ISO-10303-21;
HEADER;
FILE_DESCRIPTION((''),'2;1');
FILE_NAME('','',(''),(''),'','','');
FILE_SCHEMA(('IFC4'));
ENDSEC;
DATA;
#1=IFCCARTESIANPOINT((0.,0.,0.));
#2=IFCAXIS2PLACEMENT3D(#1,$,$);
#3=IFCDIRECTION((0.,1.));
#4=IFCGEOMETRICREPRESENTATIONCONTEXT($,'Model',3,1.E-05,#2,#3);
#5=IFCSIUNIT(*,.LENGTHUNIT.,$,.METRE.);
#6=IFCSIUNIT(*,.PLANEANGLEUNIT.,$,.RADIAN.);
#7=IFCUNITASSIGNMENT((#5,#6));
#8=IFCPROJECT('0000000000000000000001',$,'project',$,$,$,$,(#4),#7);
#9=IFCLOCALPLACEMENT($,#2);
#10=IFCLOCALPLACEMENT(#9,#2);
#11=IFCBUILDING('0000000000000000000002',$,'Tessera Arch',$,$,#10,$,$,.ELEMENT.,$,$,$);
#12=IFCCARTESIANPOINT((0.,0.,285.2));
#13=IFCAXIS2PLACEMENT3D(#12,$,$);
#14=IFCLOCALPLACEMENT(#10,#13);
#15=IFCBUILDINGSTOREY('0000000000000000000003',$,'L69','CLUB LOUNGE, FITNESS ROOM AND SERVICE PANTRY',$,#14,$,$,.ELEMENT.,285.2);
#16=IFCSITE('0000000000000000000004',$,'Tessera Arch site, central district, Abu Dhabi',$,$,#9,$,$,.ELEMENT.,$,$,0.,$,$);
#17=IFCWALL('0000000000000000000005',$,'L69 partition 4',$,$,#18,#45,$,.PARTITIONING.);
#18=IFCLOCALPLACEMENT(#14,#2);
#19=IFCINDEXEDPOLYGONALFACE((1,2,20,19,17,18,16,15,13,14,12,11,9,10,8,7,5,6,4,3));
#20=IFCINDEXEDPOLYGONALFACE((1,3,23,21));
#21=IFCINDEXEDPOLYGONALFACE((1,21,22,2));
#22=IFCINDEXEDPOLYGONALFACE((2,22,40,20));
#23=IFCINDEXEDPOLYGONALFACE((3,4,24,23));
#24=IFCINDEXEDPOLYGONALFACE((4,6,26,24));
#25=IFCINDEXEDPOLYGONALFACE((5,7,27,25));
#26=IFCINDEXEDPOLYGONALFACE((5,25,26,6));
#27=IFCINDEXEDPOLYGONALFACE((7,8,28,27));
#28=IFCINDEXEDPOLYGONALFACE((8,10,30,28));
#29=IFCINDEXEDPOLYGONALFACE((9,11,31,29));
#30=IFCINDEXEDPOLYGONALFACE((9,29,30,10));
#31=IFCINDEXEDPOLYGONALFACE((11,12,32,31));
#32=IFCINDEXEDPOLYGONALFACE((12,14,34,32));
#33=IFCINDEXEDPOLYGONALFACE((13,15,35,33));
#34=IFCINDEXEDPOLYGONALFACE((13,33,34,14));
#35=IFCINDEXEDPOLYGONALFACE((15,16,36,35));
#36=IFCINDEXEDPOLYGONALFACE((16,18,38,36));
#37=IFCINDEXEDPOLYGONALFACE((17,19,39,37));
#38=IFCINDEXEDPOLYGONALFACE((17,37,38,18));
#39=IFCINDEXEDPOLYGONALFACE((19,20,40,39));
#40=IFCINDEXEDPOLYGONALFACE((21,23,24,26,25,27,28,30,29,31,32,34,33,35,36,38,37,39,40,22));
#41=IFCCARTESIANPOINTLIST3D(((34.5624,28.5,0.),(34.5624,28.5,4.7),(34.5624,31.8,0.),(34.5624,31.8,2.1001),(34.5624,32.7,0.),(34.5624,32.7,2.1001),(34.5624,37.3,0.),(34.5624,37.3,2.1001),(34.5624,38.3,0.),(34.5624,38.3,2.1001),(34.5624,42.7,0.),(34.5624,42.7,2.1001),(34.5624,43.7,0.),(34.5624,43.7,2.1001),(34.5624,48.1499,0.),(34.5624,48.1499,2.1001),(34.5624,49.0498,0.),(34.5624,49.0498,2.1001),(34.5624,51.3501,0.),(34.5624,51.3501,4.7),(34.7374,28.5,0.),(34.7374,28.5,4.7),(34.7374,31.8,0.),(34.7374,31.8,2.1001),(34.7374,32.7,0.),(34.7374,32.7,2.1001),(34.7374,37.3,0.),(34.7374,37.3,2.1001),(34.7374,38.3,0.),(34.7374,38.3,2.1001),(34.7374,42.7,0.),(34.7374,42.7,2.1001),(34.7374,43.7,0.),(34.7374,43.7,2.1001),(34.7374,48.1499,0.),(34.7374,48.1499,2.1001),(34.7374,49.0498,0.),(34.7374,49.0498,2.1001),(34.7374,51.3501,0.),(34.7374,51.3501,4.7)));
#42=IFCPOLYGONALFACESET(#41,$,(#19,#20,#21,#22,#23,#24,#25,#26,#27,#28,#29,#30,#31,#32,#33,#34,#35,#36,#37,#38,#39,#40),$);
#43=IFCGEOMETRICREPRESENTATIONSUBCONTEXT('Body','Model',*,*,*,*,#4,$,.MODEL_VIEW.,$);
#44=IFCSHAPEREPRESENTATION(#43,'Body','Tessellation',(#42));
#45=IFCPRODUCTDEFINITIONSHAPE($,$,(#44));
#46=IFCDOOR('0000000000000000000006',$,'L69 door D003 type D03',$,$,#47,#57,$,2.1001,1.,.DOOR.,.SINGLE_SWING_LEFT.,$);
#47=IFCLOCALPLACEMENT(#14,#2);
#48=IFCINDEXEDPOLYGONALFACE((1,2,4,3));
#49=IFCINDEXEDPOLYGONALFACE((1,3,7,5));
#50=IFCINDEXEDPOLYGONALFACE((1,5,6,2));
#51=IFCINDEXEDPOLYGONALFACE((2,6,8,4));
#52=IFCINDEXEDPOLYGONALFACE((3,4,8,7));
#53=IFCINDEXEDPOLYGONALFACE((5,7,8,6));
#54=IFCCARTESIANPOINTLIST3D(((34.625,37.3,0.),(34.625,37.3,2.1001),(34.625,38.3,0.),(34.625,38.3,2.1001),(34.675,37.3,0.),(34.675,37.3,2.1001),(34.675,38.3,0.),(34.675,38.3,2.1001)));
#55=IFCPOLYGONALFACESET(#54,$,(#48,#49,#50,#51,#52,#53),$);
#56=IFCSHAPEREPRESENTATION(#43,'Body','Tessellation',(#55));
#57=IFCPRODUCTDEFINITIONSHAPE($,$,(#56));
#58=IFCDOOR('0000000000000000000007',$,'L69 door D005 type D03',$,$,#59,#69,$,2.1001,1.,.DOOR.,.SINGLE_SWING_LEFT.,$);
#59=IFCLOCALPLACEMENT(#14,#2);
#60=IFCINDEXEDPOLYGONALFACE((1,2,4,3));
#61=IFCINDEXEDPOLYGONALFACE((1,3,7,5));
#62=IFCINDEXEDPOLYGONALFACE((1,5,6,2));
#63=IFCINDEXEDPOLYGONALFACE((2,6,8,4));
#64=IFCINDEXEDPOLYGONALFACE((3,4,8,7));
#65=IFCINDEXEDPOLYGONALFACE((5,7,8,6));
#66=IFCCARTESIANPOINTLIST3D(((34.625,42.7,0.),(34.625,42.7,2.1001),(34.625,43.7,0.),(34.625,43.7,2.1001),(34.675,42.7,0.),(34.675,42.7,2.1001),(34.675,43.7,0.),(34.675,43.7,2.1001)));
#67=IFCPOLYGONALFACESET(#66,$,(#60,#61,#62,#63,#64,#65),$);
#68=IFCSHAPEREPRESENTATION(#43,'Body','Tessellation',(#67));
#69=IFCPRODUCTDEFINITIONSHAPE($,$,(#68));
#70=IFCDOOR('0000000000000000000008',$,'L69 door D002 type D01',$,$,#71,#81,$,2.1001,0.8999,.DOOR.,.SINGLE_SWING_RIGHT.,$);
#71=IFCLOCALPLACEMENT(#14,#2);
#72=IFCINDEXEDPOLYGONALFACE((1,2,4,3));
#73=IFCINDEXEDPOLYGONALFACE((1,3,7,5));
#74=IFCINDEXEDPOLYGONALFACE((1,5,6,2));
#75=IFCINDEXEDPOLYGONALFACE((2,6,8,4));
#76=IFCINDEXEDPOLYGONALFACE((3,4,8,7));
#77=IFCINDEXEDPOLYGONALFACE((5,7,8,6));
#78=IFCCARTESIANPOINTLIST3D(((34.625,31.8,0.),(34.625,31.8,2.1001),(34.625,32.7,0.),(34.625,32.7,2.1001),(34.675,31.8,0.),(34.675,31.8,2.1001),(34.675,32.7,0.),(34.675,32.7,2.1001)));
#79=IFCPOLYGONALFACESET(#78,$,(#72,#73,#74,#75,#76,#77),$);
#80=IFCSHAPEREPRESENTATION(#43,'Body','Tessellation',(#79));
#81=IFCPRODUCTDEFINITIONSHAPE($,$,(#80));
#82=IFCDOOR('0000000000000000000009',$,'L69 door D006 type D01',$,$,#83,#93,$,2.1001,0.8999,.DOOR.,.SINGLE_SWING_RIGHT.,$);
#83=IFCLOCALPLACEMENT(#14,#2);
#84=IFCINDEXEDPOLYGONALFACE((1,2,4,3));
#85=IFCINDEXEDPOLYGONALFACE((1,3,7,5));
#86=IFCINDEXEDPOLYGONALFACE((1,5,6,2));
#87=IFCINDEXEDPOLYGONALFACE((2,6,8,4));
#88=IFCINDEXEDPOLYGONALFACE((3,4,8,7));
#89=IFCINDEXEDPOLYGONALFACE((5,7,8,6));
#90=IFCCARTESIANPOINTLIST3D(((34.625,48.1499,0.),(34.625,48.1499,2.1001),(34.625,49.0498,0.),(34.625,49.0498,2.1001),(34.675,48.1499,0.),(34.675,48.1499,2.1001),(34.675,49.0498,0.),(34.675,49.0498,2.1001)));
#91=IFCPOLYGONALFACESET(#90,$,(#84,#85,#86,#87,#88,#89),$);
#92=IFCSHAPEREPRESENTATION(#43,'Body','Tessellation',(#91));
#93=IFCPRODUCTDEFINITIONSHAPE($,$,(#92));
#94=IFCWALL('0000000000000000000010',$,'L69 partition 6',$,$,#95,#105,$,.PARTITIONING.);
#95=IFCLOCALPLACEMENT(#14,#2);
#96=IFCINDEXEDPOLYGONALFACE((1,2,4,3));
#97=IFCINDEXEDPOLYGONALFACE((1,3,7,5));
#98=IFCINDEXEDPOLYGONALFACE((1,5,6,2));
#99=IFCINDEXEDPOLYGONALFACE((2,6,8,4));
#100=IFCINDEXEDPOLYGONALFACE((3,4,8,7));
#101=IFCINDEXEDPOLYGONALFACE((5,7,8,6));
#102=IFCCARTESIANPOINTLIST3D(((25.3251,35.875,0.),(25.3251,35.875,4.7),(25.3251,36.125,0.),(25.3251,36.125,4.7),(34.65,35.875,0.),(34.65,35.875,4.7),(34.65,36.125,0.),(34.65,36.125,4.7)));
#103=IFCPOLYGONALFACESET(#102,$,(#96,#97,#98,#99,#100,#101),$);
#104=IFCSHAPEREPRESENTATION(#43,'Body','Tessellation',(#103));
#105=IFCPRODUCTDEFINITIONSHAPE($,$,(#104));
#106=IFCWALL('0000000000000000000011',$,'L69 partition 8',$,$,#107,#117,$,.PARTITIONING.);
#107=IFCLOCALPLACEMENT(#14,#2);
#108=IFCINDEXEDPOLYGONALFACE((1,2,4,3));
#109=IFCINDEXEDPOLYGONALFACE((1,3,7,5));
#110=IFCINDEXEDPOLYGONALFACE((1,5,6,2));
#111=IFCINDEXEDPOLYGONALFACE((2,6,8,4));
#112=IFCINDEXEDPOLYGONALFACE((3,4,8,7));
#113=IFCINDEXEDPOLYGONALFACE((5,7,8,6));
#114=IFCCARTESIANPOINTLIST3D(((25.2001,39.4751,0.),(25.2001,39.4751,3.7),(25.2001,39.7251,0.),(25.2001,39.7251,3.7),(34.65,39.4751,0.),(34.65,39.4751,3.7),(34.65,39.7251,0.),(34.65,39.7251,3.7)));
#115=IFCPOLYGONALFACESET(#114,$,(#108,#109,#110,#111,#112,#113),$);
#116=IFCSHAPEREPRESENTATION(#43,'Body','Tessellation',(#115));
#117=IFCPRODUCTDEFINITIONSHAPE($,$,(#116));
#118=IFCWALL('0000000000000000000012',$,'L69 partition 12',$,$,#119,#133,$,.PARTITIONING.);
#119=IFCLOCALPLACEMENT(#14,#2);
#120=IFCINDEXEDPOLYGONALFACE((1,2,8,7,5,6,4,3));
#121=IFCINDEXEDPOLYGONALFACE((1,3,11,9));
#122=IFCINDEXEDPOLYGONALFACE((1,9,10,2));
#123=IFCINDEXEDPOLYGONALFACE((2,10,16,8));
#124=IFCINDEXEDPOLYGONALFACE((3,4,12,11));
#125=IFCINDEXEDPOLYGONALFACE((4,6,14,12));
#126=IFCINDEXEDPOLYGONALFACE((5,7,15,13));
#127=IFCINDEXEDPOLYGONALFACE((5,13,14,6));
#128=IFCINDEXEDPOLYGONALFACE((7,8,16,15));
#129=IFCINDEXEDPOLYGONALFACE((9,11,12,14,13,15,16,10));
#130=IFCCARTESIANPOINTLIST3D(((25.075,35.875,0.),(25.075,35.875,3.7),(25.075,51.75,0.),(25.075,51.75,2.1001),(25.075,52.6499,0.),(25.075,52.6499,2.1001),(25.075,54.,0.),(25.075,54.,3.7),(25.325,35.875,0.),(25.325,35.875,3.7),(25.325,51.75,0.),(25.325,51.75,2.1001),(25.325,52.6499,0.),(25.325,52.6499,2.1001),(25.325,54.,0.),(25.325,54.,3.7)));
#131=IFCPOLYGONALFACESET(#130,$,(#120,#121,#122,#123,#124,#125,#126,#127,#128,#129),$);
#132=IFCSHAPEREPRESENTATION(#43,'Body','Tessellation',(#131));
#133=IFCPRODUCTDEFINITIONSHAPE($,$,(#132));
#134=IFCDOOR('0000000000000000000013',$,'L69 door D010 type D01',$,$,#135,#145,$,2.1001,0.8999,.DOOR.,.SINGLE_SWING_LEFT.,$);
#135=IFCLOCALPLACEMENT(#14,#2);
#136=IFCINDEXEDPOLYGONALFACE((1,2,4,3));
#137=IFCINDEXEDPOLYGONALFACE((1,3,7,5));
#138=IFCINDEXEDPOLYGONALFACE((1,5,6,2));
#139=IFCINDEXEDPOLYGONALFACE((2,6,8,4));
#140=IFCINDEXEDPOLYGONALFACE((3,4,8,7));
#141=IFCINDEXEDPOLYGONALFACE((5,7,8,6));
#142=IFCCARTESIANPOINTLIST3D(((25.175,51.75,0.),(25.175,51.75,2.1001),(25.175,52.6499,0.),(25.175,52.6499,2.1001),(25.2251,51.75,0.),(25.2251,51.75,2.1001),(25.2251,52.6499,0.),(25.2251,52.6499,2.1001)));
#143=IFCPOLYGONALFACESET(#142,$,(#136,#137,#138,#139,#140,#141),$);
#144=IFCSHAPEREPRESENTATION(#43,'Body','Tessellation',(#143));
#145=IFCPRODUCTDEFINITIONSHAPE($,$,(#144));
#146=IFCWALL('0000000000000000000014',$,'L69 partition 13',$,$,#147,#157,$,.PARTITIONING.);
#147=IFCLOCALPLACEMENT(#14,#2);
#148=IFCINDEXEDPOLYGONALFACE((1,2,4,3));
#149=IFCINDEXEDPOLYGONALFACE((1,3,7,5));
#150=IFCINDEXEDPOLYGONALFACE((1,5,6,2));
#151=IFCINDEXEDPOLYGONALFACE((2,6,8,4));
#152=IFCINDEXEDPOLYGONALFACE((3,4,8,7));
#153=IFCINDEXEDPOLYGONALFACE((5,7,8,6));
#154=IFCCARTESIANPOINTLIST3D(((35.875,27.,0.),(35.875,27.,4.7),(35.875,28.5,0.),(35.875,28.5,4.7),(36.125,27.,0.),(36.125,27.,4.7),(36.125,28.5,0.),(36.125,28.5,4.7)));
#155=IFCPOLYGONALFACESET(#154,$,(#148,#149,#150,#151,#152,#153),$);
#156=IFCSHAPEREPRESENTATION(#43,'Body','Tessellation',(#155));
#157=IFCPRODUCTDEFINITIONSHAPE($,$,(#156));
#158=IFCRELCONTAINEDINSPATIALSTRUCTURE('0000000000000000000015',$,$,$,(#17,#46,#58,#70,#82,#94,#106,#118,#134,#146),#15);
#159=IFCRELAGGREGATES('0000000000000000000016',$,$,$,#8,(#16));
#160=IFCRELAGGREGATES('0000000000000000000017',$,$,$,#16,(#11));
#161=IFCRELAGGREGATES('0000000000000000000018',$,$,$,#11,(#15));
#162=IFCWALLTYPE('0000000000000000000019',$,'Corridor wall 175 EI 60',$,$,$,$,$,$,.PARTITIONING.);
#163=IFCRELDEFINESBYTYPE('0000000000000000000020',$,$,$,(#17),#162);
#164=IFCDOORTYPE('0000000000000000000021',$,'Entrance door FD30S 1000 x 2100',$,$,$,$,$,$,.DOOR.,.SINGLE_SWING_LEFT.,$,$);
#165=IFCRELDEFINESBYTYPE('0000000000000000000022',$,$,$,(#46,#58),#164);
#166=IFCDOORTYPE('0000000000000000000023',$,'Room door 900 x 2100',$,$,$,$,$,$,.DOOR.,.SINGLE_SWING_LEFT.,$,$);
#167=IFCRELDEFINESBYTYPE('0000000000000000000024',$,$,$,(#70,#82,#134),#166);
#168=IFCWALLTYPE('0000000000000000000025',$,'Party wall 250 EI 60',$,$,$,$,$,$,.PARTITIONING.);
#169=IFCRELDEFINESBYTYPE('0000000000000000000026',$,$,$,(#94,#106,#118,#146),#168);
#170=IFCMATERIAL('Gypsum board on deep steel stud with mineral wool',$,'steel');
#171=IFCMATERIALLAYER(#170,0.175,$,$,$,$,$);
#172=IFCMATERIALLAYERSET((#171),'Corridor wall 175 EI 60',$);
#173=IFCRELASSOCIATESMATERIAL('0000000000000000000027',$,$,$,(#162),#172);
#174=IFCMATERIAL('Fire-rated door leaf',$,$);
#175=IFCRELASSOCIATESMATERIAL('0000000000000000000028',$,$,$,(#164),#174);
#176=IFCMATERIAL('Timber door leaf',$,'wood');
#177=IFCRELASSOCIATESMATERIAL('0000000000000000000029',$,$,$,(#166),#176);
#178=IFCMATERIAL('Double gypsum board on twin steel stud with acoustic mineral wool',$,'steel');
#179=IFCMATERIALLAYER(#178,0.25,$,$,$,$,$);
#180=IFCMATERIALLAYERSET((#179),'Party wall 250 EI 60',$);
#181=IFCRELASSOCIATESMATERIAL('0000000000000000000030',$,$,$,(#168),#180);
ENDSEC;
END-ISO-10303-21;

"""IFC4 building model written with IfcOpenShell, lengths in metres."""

from ifc_helpers import new_model, si_unit, direction, frame, frame_2d, origin, place, context, subcontext, project, spatial, rectangle, extrude, material, layer, layer_set, type_object, element, fill, save


model = new_model("IFC4")

# Units and contexts
model_context = context("Model", 3, precision=1e-05, world=origin(), true_north=direction((0.0, 1.0)))
body_context = subcontext(model_context, "Body", "Model", "MODEL_VIEW")
ifc_project = project(units=[si_unit("LENGTHUNIT", "METRE"), si_unit("PLANEANGLEUNIT", "RADIAN")], contexts=[model_context])

# Site, building, storey
site_placement = place(None, origin())
site = spatial("IfcSite", under=ifc_project, at=site_placement, Name="Tessera Arch site, central district, Abu Dhabi", CompositionType="ELEMENT", RefElevation=0.0)
building_placement = place(site_placement, origin())
building = spatial("IfcBuilding", under=site, at=building_placement, Name="Tessera Arch", CompositionType="ELEMENT")
storey_placement = place(building_placement, frame((0.0, 0.0, 285.2)))
storey = spatial("IfcBuildingStorey", under=building, at=storey_placement, Name="L69", Description="CLUB LOUNGE, FITNESS ROOM AND SERVICE PANTRY", CompositionType="ELEMENT", Elevation=285.2)

# Shared definitions
ifc_material_1 = material(Name="Gypsum board on deep steel stud with mineral wool", Category="steel")
ifc_layer_1 = layer(ifc_material_1, 0.175)
ifc_layer_set_1 = layer_set([ifc_layer_1], Name="Corridor wall 175 EI 60")
wall_type_1 = type_object("IfcWallType", Name="Corridor wall 175 EI 60", PredefinedType="PARTITIONING", material=ifc_layer_set_1)

# Wall, openings, doors
wall_1_placement = place(storey_placement, frame((34.6499, 28.5, 0.0), z_axis=(0.0, 0.0, 1.0), x_axis=(0.0, 1.0, 0.0)))
wall_1 = element("IfcWall", 1, at=wall_1_placement, inside=storey, type_object=wall_type_1, Name="L69 partition 4", PredefinedType="PARTITIONING", context=body_context, shape_type="SweptSolid", body=[
    extrude(rectangle(XDim=22.8501, YDim=0.175, at=frame_2d((11.425, 0.0))), origin(), (0.0, 0.0, 1.0), 4.7),
])
opening_1_placement = place(wall_1_placement, frame((3.3, 0.0, 0.0)))
opening_1 = element("IfcOpeningElement", 2, at=opening_1_placement, cuts=wall_1, PredefinedType="OPENING", context=body_context, shape_type="SweptSolid", body=[
    extrude(rectangle(XDim=0.8999, YDim=2.1001, at=frame_2d((0.45, 1.05))), frame((0.0, 0.0974, 0.0), z_axis=(0.0, -1.0, 0.0), x_axis=(1.0, 0.0, 0.0)), (0.0, 0.0, 1.0), 0.1951),
])
opening_2_placement = place(wall_1_placement, frame((8.8, 0.0, 0.0)))
opening_2 = element("IfcOpeningElement", 3, at=opening_2_placement, cuts=wall_1, PredefinedType="OPENING", context=body_context, shape_type="SweptSolid", body=[
    extrude(rectangle(XDim=1.0, YDim=2.1001, at=frame_2d((0.5, 1.05))), frame((0.0, 0.0974, 0.0), z_axis=(0.0, -1.0, 0.0), x_axis=(1.0, 0.0, 0.0)), (0.0, 0.0, 1.0), 0.1951),
])
opening_3_placement = place(wall_1_placement, frame((14.2, 0.0, 0.0)))
opening_3 = element("IfcOpeningElement", 4, at=opening_3_placement, cuts=wall_1, PredefinedType="OPENING", context=body_context, shape_type="SweptSolid", body=[
    extrude(rectangle(XDim=1.0, YDim=2.1001, at=frame_2d((0.5, 1.05))), frame((0.0, 0.0974, 0.0), z_axis=(0.0, -1.0, 0.0), x_axis=(1.0, 0.0, 0.0)), (0.0, 0.0, 1.0), 0.1951),
])
opening_4_placement = place(wall_1_placement, frame((19.6499, 0.0, 0.0)))
opening_4 = element("IfcOpeningElement", 5, at=opening_4_placement, cuts=wall_1, PredefinedType="OPENING", context=body_context, shape_type="SweptSolid", body=[
    extrude(rectangle(XDim=0.8999, YDim=2.1001, at=frame_2d((0.45, 1.05))), frame((0.0, 0.0974, 0.0), z_axis=(0.0, -1.0, 0.0), x_axis=(1.0, 0.0, 0.0)), (0.0, 0.0, 1.0), 0.1951),
])
ifc_material_2 = material(Name="Fire-rated door leaf")
door_type_1 = type_object("IfcDoorType", Name="Entrance door FD30S 1000 x 2100", OperationType="SINGLE_SWING_LEFT", PredefinedType="DOOR", material=ifc_material_2)
door_1_placement = place(opening_2_placement, origin())
door_1 = element("IfcDoor", 6, at=door_1_placement, inside=storey, type_object=door_type_1, Name="L69 door D003 type D03", OperationType="SINGLE_SWING_LEFT", OverallHeight=2.1001, OverallWidth=1.0, PredefinedType="DOOR", context=body_context, shape_type="SweptSolid", body=[
    extrude(rectangle(XDim=1.0, YDim=2.1001, at=frame_2d((0.5, 1.05))), frame((0.0, 0.0249, 0.0), z_axis=(0.0, -1.0, 0.0), x_axis=(1.0, 0.0, 0.0)), (0.0, 0.0, 1.0), 0.05),
])
fill(opening_2, door_1)
door_2_placement = place(opening_3_placement, origin())
door_2 = element("IfcDoor", 7, at=door_2_placement, inside=storey, type_object=door_type_1, Name="L69 door D005 type D03", OperationType="SINGLE_SWING_LEFT", OverallHeight=2.1001, OverallWidth=1.0, PredefinedType="DOOR", context=body_context, shape_type="SweptSolid", body=[
    extrude(rectangle(XDim=1.0, YDim=2.1001, at=frame_2d((0.5, 1.05))), frame((0.0, 0.0249, 0.0), z_axis=(0.0, -1.0, 0.0), x_axis=(1.0, 0.0, 0.0)), (0.0, 0.0, 1.0), 0.05),
])
fill(opening_3, door_2)
ifc_material_3 = material(Name="Timber door leaf", Category="wood")
door_type_2 = type_object("IfcDoorType", Name="Room door 900 x 2100", OperationType="SINGLE_SWING_LEFT", PredefinedType="DOOR", material=ifc_material_3)
door_3_placement = place(opening_1_placement, origin())
door_3 = element("IfcDoor", 8, at=door_3_placement, inside=storey, type_object=door_type_2, Name="L69 door D002 type D01", OperationType="SINGLE_SWING_RIGHT", OverallHeight=2.1001, OverallWidth=0.8999, PredefinedType="DOOR", context=body_context, shape_type="SweptSolid", body=[
    extrude(rectangle(XDim=0.8999, YDim=2.1001, at=frame_2d((0.45, 1.05))), frame((0.0, 0.0249, 0.0), z_axis=(0.0, -1.0, 0.0), x_axis=(1.0, 0.0, 0.0)), (0.0, 0.0, 1.0), 0.05),
])
fill(opening_1, door_3)
door_4_placement = place(opening_4_placement, origin())
door_4 = element("IfcDoor", 9, at=door_4_placement, inside=storey, type_object=door_type_2, Name="L69 door D006 type D01", OperationType="SINGLE_SWING_RIGHT", OverallHeight=2.1001, OverallWidth=0.8999, PredefinedType="DOOR", context=body_context, shape_type="SweptSolid", body=[
    extrude(rectangle(XDim=0.8999, YDim=2.1001, at=frame_2d((0.45, 1.05))), frame((0.0, 0.0249, 0.0), z_axis=(0.0, -1.0, 0.0), x_axis=(1.0, 0.0, 0.0)), (0.0, 0.0, 1.0), 0.05),
])
fill(opening_4, door_4)

# Walls
ifc_material_4 = material(Name="Double gypsum board on twin steel stud with acoustic mineral wool", Category="steel")
ifc_layer_2 = layer(ifc_material_4, 0.25)
ifc_layer_set_2 = layer_set([ifc_layer_2], Name="Party wall 250 EI 60")
wall_type_2 = type_object("IfcWallType", Name="Party wall 250 EI 60", PredefinedType="PARTITIONING", material=ifc_layer_set_2)
wall_2_placement = place(storey_placement, frame((25.325, 36.0, 0.0), z_axis=(0.0, 0.0, 1.0), x_axis=(1.0, 0.0, 0.0)))
element("IfcWall", 10, at=wall_2_placement, inside=storey, type_object=wall_type_2, Name="L69 partition 6", PredefinedType="PARTITIONING", context=body_context, shape_type="SweptSolid", body=[
    extrude(rectangle(XDim=9.325, YDim=0.25, at=frame_2d((4.6626, 0.0))), origin(), (0.0, 0.0, 1.0), 4.7),
])
wall_3_placement = place(storey_placement, frame((25.2, 39.6001, 0.0), z_axis=(0.0, 0.0, 1.0), x_axis=(1.0, 0.0, 0.0)))
element("IfcWall", 11, at=wall_3_placement, inside=storey, type_object=wall_type_2, Name="L69 partition 8", PredefinedType="PARTITIONING", context=body_context, shape_type="SweptSolid", body=[
    extrude(rectangle(XDim=9.45, YDim=0.25, at=frame_2d((4.7251, 0.0))), origin(), (0.0, 0.0, 1.0), 3.7),
])

# Wall, opening, door
wall_4_placement = place(storey_placement, frame((25.2, 35.875, 0.0), z_axis=(0.0, 0.0, 1.0), x_axis=(0.0, 1.0, 0.0)))
wall_4 = element("IfcWall", 12, at=wall_4_placement, inside=storey, type_object=wall_type_2, Name="L69 partition 12", PredefinedType="PARTITIONING", context=body_context, shape_type="SweptSolid", body=[
    extrude(rectangle(XDim=18.125, YDim=0.25, at=frame_2d((9.0625, 0.0))), origin(), (0.0, 0.0, 1.0), 3.7),
])
opening_5_placement = place(wall_4_placement, frame((15.875, 0.0, 0.0)))
opening_5 = element("IfcOpeningElement", 13, at=opening_5_placement, cuts=wall_4, PredefinedType="OPENING", context=body_context, shape_type="SweptSolid", body=[
    extrude(rectangle(XDim=0.8999, YDim=2.1001, at=frame_2d((0.45, 1.05))), frame((0.0, 0.135, 0.0), z_axis=(0.0, -1.0, 0.0), x_axis=(1.0, 0.0, 0.0)), (0.0, 0.0, 1.0), 0.27),
])
door_5_placement = place(opening_5_placement, origin())
door_5 = element("IfcDoor", 14, at=door_5_placement, inside=storey, type_object=door_type_2, Name="L69 door D010 type D01", OperationType="SINGLE_SWING_LEFT", OverallHeight=2.1001, OverallWidth=0.8999, PredefinedType="DOOR", context=body_context, shape_type="SweptSolid", body=[
    extrude(rectangle(XDim=0.8999, YDim=2.1001, at=frame_2d((0.45, 1.05))), frame((0.0, 0.0249, 0.0), z_axis=(0.0, -1.0, 0.0), x_axis=(1.0, 0.0, 0.0)), (0.0, 0.0, 1.0), 0.05),
])
fill(opening_5, door_5)

# Wall
wall_5_placement = place(storey_placement, frame((36.0, 27.0, 0.0), z_axis=(0.0, 0.0, 1.0), x_axis=(0.0, 1.0, 0.0)))
element("IfcWall", 15, at=wall_5_placement, inside=storey, type_object=wall_type_2, Name="L69 partition 13", PredefinedType="PARTITIONING", context=body_context, shape_type="SweptSolid", body=[
    extrude(rectangle(XDim=1.5, YDim=0.25, at=frame_2d((0.75, 0.0))), origin(), (0.0, 0.0, 1.0), 4.7),
])

save(model, "model.ifc")
